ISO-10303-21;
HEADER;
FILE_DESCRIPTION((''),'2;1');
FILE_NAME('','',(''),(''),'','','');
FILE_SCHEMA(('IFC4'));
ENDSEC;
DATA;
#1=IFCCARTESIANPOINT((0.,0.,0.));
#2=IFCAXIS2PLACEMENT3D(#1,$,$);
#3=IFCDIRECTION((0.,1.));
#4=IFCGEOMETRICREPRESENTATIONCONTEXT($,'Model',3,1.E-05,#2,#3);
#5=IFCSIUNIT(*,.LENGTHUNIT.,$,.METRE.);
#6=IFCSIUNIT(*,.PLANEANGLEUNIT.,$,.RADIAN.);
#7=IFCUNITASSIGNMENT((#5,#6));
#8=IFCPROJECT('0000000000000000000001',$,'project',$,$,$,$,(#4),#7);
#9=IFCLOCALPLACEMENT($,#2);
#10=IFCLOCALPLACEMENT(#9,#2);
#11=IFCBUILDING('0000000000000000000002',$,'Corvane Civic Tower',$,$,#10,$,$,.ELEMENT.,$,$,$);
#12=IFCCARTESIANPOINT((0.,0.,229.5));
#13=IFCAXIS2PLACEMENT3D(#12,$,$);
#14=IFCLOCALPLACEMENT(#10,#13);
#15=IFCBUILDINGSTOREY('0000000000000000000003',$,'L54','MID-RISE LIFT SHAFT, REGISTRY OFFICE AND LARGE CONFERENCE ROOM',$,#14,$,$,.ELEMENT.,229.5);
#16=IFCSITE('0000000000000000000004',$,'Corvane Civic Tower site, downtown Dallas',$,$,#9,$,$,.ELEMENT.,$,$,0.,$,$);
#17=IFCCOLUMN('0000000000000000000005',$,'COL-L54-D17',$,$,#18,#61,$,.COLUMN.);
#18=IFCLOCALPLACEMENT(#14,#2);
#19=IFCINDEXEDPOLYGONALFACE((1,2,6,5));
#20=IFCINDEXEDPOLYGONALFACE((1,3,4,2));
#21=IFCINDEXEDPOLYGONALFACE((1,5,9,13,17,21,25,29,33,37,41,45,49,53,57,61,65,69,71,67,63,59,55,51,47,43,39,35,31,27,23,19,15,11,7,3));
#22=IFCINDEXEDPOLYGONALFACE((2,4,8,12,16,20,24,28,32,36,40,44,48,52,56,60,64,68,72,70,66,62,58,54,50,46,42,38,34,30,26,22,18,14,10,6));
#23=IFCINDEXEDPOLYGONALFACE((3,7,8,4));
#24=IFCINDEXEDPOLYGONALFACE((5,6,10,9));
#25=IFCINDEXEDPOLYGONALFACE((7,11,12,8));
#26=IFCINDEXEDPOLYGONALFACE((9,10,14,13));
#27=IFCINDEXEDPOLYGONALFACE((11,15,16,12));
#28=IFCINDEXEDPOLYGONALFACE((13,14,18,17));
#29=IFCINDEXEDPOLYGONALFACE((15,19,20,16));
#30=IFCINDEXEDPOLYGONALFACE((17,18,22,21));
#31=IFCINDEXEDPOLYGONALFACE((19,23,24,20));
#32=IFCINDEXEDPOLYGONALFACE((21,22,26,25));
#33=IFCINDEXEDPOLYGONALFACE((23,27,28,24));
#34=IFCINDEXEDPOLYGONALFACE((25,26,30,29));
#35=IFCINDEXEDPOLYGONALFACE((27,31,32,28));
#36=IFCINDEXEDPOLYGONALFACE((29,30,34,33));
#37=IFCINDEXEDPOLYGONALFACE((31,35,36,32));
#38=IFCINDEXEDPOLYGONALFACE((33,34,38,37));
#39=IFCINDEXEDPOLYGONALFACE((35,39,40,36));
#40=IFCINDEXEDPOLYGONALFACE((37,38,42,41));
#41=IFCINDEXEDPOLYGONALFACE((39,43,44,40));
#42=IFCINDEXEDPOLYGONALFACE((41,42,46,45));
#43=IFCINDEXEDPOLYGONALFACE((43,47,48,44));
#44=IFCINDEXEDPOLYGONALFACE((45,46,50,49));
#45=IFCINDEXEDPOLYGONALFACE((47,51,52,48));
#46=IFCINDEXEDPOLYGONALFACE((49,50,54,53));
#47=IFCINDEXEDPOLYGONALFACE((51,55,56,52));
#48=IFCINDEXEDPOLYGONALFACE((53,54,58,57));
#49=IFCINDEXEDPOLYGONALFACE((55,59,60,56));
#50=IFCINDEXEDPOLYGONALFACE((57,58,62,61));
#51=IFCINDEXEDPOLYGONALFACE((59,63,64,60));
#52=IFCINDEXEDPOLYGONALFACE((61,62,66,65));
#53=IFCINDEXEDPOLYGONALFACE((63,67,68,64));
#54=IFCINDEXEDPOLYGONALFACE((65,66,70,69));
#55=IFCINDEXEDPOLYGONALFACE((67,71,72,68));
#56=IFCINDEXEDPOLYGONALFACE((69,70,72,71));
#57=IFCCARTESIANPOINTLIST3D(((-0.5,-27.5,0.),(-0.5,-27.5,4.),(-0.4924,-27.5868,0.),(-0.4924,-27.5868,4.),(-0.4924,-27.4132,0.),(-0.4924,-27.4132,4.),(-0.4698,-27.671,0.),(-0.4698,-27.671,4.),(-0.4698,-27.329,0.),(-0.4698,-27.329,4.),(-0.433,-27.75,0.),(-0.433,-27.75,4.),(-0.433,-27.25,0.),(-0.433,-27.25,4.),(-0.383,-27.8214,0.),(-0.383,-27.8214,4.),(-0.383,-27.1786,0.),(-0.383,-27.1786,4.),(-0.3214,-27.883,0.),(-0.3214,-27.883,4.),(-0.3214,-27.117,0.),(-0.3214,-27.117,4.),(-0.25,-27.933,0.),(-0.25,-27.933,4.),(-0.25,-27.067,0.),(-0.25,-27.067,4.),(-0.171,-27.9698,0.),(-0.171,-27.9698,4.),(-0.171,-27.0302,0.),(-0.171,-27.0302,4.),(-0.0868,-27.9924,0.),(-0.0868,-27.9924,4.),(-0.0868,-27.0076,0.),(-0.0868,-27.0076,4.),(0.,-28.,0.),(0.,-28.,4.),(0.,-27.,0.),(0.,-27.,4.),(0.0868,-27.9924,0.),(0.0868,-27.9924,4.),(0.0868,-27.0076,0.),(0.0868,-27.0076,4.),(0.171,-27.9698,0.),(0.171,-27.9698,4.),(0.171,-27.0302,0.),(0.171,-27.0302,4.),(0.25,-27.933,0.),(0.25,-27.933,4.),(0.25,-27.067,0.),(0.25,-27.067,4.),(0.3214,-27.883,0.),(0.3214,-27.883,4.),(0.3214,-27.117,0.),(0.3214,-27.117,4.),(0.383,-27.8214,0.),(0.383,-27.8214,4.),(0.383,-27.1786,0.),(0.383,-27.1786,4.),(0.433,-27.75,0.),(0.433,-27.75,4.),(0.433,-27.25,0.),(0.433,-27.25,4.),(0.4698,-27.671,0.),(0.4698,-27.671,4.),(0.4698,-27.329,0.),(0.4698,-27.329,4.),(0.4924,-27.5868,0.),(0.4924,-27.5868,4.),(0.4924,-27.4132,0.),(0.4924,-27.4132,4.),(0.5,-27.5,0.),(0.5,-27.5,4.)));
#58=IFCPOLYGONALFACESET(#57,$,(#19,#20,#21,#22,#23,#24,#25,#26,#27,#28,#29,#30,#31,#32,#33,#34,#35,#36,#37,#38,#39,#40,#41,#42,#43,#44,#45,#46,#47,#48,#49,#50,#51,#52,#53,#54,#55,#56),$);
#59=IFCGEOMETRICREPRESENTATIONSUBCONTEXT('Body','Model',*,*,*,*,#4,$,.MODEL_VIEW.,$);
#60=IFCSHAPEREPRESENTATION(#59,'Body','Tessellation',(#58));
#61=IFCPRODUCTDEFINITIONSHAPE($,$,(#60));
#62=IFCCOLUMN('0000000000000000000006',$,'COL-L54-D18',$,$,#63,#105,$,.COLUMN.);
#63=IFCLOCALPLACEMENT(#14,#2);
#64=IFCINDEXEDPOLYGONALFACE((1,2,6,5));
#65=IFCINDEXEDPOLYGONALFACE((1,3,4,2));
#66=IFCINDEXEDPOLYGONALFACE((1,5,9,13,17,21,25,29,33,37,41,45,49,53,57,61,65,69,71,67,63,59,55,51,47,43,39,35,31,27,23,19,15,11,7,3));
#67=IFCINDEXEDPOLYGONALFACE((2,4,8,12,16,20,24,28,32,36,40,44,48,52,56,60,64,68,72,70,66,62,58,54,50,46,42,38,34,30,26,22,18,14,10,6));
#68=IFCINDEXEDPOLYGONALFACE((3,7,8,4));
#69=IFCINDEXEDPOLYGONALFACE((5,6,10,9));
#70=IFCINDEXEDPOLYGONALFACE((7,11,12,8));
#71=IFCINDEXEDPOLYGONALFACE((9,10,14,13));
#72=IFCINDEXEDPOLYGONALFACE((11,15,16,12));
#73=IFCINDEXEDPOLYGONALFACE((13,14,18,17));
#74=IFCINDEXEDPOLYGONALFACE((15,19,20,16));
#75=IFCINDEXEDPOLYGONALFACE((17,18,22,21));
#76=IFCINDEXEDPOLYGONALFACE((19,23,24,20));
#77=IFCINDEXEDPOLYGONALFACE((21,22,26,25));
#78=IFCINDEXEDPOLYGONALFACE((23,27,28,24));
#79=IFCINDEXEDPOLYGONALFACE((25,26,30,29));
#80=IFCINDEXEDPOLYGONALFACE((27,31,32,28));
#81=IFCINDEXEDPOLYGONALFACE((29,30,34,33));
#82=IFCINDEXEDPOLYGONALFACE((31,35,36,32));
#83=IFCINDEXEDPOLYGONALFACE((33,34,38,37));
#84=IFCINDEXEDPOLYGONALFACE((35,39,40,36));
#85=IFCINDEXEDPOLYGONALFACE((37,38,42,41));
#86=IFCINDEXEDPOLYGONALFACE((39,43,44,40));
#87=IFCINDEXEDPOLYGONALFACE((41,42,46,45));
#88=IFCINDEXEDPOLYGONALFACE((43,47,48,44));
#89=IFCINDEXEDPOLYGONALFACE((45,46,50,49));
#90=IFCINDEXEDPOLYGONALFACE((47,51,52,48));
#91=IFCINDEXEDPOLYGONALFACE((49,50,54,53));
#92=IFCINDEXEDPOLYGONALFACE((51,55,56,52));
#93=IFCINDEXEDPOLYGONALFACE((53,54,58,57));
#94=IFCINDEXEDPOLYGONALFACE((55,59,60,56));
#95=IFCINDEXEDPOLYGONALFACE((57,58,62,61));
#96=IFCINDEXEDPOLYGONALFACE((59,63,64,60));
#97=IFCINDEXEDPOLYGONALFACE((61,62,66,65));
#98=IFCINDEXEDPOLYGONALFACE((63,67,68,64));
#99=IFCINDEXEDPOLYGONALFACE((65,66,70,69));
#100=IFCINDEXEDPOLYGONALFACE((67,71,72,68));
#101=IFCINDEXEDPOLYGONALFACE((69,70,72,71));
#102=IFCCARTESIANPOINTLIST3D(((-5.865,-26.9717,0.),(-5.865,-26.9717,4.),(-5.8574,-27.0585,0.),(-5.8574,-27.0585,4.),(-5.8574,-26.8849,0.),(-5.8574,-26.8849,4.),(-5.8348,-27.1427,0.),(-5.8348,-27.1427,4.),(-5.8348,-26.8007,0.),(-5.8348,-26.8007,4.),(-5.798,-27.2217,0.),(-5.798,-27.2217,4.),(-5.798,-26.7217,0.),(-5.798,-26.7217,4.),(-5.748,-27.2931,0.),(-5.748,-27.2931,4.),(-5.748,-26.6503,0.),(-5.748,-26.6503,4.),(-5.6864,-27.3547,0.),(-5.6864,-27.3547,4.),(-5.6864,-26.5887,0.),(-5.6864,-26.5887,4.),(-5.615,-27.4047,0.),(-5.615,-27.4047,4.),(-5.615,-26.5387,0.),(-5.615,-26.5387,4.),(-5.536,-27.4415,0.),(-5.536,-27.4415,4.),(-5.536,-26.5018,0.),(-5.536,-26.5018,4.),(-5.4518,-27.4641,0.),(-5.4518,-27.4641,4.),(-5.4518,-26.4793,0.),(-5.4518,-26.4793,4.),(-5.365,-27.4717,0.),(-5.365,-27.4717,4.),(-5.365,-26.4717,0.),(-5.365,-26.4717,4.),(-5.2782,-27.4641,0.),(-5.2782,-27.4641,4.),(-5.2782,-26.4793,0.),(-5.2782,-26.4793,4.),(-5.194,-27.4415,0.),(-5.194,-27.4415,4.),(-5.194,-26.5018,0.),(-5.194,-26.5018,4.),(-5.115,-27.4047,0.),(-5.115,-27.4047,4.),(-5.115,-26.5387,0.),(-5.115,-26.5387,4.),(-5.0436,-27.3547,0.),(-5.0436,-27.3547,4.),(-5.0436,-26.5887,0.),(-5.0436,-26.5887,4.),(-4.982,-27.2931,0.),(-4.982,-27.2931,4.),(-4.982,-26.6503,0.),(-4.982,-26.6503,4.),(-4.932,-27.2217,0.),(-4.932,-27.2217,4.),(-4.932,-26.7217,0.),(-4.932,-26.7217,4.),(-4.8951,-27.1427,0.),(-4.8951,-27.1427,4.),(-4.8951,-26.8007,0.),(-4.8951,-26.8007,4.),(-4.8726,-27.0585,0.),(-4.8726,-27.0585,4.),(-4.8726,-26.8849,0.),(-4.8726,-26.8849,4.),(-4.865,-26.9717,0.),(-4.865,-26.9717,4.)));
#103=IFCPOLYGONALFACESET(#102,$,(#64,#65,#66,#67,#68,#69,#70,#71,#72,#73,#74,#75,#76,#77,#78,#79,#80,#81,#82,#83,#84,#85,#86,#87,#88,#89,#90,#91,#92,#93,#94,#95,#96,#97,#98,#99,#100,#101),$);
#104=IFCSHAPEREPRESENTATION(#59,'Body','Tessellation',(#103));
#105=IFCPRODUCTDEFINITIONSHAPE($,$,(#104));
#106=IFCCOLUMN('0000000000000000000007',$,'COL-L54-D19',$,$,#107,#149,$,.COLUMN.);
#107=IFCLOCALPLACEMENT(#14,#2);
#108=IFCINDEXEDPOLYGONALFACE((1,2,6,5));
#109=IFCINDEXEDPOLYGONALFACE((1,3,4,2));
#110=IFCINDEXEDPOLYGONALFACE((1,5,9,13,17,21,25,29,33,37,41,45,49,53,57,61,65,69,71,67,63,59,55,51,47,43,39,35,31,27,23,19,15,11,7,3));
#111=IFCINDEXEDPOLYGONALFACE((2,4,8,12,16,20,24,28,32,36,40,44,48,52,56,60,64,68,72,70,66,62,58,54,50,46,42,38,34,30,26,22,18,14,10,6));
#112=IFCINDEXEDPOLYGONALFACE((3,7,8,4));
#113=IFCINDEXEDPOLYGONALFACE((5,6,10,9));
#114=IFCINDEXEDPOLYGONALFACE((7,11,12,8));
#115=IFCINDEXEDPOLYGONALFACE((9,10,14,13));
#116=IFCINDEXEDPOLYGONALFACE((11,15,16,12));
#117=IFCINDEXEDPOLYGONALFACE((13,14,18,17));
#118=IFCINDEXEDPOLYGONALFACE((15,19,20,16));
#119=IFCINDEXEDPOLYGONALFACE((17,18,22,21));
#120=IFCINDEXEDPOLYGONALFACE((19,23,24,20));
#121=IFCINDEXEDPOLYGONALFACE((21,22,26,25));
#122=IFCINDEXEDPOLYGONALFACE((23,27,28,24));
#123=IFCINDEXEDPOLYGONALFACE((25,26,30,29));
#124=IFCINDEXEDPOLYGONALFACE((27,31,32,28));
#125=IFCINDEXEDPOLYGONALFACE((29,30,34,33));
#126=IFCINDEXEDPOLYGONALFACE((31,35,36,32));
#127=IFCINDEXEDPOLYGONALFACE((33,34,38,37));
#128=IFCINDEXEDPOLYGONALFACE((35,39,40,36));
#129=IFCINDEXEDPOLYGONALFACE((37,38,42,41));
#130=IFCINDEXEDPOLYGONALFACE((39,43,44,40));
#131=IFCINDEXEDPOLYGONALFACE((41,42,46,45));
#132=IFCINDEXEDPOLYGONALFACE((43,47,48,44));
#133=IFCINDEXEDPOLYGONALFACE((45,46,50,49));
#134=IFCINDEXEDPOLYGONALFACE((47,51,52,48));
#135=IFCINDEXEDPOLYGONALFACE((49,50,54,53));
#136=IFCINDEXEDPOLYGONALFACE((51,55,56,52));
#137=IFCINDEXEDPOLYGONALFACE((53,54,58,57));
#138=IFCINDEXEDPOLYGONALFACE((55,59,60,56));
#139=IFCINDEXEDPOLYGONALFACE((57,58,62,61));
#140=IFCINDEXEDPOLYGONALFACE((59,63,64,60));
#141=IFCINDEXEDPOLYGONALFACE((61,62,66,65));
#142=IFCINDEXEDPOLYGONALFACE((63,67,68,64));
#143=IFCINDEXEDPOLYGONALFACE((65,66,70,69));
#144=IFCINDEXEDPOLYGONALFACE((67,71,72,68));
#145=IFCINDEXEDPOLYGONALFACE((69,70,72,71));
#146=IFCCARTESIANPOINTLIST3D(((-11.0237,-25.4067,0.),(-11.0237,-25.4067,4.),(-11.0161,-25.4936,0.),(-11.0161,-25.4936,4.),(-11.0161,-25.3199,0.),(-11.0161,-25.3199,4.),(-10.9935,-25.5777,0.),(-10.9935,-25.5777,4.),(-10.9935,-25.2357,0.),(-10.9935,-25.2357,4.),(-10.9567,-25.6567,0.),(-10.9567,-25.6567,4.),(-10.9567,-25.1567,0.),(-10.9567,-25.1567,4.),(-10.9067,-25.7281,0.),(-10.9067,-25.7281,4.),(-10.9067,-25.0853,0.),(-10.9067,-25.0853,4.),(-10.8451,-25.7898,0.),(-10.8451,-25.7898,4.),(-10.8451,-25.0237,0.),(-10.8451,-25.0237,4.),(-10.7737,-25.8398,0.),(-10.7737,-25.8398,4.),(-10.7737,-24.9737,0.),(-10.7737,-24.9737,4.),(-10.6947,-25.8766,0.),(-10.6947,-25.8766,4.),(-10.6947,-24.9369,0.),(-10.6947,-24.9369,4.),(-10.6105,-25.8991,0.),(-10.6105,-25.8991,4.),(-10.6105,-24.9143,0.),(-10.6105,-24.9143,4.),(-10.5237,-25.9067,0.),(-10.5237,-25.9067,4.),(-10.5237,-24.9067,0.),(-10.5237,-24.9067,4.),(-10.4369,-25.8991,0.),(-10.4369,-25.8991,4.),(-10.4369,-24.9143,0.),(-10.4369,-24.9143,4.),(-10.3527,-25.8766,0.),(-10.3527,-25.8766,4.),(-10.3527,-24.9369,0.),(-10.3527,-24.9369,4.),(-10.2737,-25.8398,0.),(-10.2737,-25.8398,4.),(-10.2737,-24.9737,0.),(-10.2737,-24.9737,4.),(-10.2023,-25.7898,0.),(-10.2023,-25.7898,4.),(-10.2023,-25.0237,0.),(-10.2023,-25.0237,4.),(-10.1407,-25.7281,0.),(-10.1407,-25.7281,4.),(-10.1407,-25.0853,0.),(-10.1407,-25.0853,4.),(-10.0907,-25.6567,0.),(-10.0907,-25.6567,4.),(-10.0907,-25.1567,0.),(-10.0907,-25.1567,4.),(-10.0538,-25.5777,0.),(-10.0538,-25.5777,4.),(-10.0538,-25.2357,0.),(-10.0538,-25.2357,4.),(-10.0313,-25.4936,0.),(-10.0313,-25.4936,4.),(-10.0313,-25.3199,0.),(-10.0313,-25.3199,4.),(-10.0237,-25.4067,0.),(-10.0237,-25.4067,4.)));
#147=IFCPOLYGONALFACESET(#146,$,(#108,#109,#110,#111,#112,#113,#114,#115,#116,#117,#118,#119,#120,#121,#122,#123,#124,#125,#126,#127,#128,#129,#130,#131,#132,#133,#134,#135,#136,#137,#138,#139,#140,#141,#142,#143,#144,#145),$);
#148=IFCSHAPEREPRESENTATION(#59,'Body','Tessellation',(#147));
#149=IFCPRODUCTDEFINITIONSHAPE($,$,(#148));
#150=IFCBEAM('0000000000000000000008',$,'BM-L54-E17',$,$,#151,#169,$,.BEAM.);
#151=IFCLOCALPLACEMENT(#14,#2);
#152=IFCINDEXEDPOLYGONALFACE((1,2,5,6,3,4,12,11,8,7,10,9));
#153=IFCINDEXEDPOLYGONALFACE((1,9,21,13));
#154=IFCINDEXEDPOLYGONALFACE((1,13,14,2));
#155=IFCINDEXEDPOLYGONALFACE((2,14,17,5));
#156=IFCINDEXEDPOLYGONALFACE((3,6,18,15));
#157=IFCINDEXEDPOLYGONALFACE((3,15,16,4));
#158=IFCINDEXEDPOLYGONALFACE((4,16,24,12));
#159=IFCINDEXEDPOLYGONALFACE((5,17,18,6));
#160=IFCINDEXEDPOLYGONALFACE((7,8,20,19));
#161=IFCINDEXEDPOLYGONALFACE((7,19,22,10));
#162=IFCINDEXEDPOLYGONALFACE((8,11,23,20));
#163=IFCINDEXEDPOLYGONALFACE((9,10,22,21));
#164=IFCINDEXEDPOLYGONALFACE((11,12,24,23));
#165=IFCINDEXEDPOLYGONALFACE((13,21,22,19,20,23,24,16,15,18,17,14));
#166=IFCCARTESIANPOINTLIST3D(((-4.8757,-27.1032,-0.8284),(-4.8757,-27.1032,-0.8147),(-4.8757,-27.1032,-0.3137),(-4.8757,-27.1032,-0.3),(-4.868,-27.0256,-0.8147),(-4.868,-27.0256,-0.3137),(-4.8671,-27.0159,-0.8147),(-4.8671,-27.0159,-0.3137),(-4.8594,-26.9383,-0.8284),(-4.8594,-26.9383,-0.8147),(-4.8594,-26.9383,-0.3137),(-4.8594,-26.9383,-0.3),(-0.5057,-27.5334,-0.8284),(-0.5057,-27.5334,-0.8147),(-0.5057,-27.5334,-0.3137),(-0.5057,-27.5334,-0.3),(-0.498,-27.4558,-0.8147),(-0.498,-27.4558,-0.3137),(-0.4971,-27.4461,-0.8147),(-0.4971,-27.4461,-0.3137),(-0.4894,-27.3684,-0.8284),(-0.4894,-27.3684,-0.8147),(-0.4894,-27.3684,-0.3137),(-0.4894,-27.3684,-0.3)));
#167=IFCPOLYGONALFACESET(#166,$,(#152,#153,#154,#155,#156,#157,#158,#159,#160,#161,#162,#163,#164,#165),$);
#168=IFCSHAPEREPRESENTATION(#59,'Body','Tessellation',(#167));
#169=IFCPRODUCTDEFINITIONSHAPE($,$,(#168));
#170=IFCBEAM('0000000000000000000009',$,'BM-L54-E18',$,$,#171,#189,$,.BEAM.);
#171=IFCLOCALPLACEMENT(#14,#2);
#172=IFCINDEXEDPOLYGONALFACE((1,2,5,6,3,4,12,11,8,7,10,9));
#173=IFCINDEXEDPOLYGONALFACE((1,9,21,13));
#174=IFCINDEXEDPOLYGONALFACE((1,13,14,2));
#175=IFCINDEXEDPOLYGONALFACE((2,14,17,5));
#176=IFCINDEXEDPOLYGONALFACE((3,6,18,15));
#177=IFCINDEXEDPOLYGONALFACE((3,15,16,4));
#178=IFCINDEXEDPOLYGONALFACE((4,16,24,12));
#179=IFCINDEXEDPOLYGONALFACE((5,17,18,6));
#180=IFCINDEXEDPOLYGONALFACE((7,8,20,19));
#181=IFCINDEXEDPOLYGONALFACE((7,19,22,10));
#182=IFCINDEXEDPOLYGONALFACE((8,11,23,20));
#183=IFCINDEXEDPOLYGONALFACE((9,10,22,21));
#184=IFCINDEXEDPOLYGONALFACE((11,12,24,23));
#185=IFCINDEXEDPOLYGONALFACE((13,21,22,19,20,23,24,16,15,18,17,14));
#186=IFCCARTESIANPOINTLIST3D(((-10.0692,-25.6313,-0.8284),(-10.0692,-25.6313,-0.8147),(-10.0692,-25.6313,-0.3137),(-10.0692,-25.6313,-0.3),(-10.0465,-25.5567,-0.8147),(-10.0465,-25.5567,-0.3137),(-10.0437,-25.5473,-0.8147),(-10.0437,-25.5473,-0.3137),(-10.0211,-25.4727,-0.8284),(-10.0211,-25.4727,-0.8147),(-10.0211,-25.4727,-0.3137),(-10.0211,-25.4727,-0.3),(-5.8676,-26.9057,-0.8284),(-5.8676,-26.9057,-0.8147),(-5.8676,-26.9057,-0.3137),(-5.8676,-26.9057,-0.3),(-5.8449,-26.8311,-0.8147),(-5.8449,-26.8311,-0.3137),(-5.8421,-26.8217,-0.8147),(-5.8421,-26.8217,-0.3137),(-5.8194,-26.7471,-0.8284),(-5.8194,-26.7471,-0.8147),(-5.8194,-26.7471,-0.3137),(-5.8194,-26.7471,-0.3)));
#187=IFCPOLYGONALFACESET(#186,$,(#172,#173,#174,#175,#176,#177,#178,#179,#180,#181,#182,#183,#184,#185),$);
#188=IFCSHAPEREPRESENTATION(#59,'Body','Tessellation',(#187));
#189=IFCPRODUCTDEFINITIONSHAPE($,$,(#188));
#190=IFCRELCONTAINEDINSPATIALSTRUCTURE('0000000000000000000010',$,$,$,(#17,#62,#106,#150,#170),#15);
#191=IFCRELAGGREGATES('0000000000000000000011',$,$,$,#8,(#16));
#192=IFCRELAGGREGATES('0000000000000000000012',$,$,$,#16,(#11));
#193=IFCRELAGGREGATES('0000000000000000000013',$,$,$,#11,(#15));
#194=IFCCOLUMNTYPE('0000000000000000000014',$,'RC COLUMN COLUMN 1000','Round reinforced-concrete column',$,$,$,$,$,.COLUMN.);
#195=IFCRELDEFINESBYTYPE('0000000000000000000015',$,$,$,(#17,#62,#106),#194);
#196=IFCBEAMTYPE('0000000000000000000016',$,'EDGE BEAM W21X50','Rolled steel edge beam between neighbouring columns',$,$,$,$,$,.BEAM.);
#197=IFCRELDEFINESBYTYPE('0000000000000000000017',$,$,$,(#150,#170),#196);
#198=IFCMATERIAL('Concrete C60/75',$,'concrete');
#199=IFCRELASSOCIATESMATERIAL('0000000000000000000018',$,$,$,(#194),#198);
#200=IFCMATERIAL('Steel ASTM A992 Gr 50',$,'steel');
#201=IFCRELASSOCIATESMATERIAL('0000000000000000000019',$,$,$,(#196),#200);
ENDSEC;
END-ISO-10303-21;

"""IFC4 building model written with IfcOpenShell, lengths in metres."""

from ifc_helpers import new_model, si_unit, direction, frame, origin, origin_2d, place, context, subcontext, project, spatial, circle, i_section, extrude, material, material_profile, profile_set, type_object, element, save


model = new_model("IFC4")

# Units and contexts
model_context = context("Model", 3, precision=1e-05, world=origin(), true_north=direction((0.0, 1.0)))
body_context = subcontext(model_context, "Body", "Model", "MODEL_VIEW")
ifc_project = project(units=[si_unit("LENGTHUNIT", "METRE"), si_unit("PLANEANGLEUNIT", "RADIAN")], contexts=[model_context])

# Site, building, storey
site_placement = place(None, origin())
site = spatial("IfcSite", under=ifc_project, at=site_placement, Name="Corvane Civic Tower site, downtown Dallas", CompositionType="ELEMENT", RefElevation=0.0)
building_placement = place(site_placement, origin())
building = spatial("IfcBuilding", under=site, at=building_placement, Name="Corvane Civic Tower", CompositionType="ELEMENT")
storey_placement = place(building_placement, frame((0.0, 0.0, 229.5)))
storey = spatial("IfcBuildingStorey", under=building, at=storey_placement, Name="L54", Description="MID-RISE LIFT SHAFT, REGISTRY OFFICE AND LARGE CONFERENCE ROOM", CompositionType="ELEMENT", Elevation=229.5)

# Columns
ifc_material_1 = material(Name="Concrete C60/75", Category="concrete")
ifc_material_profile_1 = material_profile(ifc_material_1, circle(Radius=0.5, at=origin_2d()), Name="COLUMN 1000")
ifc_profile_set_1 = profile_set([ifc_material_profile_1], Name="Concrete C60/75")
column_type = type_object("IfcColumnType", Name="RC COLUMN COLUMN 1000", Description="Round reinforced-concrete column", PredefinedType="COLUMN", material=ifc_profile_set_1)
for number, where, z_axis, x_axis, name in (
    (1, (0.0, -27.5, 0.0), (0.0, 0.0, 1.0), (1.0, 0.0, 0.0), "COL-L54-D17"),
    (2, (-5.365, -26.9717, 0.0), (0.0, 0.0, 1.0), (1.0, 0.0, 0.0), "COL-L54-D18"),
    (3, (-10.5237, -25.4067, 0.0), (0.0, 0.0, 1.0), (1.0, 0.0, 0.0), "COL-L54-D19"),
):
    element("IfcColumn", number, at=place(storey_placement, frame(where, z_axis=z_axis, x_axis=x_axis)), inside=storey, type_object=column_type, Name=name, PredefinedType="COLUMN", context=body_context, shape_type="SweptSolid", body=[
        extrude(circle(Radius=0.5, at=origin_2d()), origin(), (0.0, 0.0, 1.0), 4.0),
    ])

# Beams
ifc_material_2 = material(Name="Steel ASTM A992 Gr 50", Category="steel")
ifc_material_profile_2 = material_profile(ifc_material_2, i_section(OverallWidth=0.1658, OverallDepth=0.5283, WebThickness=0.0098, FlangeThickness=0.0137, at=origin_2d()), Name="W21X50")
ifc_profile_set_2 = profile_set([ifc_material_profile_2], Name="Steel ASTM A992 Gr 50")
beam_type_1 = type_object("IfcBeamType", Name="EDGE BEAM W21X50", Description="Rolled steel edge beam between neighbouring columns", PredefinedType="BEAM", material=ifc_profile_set_2)
beam_1_placement = place(storey_placement, frame((-0.4976, -27.4509, -0.5642), z_axis=(-0.99519, 0.097968, 0.0), x_axis=(-0.097968, -0.99519, 0.0)))
element("IfcBeam", 4, at=beam_1_placement, inside=storey, type_object=beam_type_1, Name="BM-L54-E17", PredefinedType="BEAM", context=body_context, shape_type="SweptSolid", body=[
    extrude(i_section(OverallWidth=0.1658, OverallDepth=0.5283, WebThickness=0.0098, FlangeThickness=0.0137, at=origin_2d()), origin(), (0.0, 0.0, 1.0), 4.3911),
])
beam_2_placement = place(storey_placement, frame((-5.8435, -26.8264, -0.5642), z_axis=(-0.95695, 0.290254, 0.0), x_axis=(-0.290254, -0.95695, 0.0)))
element("IfcBeam", 5, at=beam_2_placement, inside=storey, type_object=beam_type_1, Name="BM-L54-E18", PredefinedType="BEAM", context=body_context, shape_type="SweptSolid", body=[
    extrude(i_section(OverallWidth=0.1658, OverallDepth=0.5283, WebThickness=0.0098, FlangeThickness=0.0137, at=origin_2d()), origin(), (0.0, 0.0, 1.0), 4.3906),
])

save(model, "model.ifc")
